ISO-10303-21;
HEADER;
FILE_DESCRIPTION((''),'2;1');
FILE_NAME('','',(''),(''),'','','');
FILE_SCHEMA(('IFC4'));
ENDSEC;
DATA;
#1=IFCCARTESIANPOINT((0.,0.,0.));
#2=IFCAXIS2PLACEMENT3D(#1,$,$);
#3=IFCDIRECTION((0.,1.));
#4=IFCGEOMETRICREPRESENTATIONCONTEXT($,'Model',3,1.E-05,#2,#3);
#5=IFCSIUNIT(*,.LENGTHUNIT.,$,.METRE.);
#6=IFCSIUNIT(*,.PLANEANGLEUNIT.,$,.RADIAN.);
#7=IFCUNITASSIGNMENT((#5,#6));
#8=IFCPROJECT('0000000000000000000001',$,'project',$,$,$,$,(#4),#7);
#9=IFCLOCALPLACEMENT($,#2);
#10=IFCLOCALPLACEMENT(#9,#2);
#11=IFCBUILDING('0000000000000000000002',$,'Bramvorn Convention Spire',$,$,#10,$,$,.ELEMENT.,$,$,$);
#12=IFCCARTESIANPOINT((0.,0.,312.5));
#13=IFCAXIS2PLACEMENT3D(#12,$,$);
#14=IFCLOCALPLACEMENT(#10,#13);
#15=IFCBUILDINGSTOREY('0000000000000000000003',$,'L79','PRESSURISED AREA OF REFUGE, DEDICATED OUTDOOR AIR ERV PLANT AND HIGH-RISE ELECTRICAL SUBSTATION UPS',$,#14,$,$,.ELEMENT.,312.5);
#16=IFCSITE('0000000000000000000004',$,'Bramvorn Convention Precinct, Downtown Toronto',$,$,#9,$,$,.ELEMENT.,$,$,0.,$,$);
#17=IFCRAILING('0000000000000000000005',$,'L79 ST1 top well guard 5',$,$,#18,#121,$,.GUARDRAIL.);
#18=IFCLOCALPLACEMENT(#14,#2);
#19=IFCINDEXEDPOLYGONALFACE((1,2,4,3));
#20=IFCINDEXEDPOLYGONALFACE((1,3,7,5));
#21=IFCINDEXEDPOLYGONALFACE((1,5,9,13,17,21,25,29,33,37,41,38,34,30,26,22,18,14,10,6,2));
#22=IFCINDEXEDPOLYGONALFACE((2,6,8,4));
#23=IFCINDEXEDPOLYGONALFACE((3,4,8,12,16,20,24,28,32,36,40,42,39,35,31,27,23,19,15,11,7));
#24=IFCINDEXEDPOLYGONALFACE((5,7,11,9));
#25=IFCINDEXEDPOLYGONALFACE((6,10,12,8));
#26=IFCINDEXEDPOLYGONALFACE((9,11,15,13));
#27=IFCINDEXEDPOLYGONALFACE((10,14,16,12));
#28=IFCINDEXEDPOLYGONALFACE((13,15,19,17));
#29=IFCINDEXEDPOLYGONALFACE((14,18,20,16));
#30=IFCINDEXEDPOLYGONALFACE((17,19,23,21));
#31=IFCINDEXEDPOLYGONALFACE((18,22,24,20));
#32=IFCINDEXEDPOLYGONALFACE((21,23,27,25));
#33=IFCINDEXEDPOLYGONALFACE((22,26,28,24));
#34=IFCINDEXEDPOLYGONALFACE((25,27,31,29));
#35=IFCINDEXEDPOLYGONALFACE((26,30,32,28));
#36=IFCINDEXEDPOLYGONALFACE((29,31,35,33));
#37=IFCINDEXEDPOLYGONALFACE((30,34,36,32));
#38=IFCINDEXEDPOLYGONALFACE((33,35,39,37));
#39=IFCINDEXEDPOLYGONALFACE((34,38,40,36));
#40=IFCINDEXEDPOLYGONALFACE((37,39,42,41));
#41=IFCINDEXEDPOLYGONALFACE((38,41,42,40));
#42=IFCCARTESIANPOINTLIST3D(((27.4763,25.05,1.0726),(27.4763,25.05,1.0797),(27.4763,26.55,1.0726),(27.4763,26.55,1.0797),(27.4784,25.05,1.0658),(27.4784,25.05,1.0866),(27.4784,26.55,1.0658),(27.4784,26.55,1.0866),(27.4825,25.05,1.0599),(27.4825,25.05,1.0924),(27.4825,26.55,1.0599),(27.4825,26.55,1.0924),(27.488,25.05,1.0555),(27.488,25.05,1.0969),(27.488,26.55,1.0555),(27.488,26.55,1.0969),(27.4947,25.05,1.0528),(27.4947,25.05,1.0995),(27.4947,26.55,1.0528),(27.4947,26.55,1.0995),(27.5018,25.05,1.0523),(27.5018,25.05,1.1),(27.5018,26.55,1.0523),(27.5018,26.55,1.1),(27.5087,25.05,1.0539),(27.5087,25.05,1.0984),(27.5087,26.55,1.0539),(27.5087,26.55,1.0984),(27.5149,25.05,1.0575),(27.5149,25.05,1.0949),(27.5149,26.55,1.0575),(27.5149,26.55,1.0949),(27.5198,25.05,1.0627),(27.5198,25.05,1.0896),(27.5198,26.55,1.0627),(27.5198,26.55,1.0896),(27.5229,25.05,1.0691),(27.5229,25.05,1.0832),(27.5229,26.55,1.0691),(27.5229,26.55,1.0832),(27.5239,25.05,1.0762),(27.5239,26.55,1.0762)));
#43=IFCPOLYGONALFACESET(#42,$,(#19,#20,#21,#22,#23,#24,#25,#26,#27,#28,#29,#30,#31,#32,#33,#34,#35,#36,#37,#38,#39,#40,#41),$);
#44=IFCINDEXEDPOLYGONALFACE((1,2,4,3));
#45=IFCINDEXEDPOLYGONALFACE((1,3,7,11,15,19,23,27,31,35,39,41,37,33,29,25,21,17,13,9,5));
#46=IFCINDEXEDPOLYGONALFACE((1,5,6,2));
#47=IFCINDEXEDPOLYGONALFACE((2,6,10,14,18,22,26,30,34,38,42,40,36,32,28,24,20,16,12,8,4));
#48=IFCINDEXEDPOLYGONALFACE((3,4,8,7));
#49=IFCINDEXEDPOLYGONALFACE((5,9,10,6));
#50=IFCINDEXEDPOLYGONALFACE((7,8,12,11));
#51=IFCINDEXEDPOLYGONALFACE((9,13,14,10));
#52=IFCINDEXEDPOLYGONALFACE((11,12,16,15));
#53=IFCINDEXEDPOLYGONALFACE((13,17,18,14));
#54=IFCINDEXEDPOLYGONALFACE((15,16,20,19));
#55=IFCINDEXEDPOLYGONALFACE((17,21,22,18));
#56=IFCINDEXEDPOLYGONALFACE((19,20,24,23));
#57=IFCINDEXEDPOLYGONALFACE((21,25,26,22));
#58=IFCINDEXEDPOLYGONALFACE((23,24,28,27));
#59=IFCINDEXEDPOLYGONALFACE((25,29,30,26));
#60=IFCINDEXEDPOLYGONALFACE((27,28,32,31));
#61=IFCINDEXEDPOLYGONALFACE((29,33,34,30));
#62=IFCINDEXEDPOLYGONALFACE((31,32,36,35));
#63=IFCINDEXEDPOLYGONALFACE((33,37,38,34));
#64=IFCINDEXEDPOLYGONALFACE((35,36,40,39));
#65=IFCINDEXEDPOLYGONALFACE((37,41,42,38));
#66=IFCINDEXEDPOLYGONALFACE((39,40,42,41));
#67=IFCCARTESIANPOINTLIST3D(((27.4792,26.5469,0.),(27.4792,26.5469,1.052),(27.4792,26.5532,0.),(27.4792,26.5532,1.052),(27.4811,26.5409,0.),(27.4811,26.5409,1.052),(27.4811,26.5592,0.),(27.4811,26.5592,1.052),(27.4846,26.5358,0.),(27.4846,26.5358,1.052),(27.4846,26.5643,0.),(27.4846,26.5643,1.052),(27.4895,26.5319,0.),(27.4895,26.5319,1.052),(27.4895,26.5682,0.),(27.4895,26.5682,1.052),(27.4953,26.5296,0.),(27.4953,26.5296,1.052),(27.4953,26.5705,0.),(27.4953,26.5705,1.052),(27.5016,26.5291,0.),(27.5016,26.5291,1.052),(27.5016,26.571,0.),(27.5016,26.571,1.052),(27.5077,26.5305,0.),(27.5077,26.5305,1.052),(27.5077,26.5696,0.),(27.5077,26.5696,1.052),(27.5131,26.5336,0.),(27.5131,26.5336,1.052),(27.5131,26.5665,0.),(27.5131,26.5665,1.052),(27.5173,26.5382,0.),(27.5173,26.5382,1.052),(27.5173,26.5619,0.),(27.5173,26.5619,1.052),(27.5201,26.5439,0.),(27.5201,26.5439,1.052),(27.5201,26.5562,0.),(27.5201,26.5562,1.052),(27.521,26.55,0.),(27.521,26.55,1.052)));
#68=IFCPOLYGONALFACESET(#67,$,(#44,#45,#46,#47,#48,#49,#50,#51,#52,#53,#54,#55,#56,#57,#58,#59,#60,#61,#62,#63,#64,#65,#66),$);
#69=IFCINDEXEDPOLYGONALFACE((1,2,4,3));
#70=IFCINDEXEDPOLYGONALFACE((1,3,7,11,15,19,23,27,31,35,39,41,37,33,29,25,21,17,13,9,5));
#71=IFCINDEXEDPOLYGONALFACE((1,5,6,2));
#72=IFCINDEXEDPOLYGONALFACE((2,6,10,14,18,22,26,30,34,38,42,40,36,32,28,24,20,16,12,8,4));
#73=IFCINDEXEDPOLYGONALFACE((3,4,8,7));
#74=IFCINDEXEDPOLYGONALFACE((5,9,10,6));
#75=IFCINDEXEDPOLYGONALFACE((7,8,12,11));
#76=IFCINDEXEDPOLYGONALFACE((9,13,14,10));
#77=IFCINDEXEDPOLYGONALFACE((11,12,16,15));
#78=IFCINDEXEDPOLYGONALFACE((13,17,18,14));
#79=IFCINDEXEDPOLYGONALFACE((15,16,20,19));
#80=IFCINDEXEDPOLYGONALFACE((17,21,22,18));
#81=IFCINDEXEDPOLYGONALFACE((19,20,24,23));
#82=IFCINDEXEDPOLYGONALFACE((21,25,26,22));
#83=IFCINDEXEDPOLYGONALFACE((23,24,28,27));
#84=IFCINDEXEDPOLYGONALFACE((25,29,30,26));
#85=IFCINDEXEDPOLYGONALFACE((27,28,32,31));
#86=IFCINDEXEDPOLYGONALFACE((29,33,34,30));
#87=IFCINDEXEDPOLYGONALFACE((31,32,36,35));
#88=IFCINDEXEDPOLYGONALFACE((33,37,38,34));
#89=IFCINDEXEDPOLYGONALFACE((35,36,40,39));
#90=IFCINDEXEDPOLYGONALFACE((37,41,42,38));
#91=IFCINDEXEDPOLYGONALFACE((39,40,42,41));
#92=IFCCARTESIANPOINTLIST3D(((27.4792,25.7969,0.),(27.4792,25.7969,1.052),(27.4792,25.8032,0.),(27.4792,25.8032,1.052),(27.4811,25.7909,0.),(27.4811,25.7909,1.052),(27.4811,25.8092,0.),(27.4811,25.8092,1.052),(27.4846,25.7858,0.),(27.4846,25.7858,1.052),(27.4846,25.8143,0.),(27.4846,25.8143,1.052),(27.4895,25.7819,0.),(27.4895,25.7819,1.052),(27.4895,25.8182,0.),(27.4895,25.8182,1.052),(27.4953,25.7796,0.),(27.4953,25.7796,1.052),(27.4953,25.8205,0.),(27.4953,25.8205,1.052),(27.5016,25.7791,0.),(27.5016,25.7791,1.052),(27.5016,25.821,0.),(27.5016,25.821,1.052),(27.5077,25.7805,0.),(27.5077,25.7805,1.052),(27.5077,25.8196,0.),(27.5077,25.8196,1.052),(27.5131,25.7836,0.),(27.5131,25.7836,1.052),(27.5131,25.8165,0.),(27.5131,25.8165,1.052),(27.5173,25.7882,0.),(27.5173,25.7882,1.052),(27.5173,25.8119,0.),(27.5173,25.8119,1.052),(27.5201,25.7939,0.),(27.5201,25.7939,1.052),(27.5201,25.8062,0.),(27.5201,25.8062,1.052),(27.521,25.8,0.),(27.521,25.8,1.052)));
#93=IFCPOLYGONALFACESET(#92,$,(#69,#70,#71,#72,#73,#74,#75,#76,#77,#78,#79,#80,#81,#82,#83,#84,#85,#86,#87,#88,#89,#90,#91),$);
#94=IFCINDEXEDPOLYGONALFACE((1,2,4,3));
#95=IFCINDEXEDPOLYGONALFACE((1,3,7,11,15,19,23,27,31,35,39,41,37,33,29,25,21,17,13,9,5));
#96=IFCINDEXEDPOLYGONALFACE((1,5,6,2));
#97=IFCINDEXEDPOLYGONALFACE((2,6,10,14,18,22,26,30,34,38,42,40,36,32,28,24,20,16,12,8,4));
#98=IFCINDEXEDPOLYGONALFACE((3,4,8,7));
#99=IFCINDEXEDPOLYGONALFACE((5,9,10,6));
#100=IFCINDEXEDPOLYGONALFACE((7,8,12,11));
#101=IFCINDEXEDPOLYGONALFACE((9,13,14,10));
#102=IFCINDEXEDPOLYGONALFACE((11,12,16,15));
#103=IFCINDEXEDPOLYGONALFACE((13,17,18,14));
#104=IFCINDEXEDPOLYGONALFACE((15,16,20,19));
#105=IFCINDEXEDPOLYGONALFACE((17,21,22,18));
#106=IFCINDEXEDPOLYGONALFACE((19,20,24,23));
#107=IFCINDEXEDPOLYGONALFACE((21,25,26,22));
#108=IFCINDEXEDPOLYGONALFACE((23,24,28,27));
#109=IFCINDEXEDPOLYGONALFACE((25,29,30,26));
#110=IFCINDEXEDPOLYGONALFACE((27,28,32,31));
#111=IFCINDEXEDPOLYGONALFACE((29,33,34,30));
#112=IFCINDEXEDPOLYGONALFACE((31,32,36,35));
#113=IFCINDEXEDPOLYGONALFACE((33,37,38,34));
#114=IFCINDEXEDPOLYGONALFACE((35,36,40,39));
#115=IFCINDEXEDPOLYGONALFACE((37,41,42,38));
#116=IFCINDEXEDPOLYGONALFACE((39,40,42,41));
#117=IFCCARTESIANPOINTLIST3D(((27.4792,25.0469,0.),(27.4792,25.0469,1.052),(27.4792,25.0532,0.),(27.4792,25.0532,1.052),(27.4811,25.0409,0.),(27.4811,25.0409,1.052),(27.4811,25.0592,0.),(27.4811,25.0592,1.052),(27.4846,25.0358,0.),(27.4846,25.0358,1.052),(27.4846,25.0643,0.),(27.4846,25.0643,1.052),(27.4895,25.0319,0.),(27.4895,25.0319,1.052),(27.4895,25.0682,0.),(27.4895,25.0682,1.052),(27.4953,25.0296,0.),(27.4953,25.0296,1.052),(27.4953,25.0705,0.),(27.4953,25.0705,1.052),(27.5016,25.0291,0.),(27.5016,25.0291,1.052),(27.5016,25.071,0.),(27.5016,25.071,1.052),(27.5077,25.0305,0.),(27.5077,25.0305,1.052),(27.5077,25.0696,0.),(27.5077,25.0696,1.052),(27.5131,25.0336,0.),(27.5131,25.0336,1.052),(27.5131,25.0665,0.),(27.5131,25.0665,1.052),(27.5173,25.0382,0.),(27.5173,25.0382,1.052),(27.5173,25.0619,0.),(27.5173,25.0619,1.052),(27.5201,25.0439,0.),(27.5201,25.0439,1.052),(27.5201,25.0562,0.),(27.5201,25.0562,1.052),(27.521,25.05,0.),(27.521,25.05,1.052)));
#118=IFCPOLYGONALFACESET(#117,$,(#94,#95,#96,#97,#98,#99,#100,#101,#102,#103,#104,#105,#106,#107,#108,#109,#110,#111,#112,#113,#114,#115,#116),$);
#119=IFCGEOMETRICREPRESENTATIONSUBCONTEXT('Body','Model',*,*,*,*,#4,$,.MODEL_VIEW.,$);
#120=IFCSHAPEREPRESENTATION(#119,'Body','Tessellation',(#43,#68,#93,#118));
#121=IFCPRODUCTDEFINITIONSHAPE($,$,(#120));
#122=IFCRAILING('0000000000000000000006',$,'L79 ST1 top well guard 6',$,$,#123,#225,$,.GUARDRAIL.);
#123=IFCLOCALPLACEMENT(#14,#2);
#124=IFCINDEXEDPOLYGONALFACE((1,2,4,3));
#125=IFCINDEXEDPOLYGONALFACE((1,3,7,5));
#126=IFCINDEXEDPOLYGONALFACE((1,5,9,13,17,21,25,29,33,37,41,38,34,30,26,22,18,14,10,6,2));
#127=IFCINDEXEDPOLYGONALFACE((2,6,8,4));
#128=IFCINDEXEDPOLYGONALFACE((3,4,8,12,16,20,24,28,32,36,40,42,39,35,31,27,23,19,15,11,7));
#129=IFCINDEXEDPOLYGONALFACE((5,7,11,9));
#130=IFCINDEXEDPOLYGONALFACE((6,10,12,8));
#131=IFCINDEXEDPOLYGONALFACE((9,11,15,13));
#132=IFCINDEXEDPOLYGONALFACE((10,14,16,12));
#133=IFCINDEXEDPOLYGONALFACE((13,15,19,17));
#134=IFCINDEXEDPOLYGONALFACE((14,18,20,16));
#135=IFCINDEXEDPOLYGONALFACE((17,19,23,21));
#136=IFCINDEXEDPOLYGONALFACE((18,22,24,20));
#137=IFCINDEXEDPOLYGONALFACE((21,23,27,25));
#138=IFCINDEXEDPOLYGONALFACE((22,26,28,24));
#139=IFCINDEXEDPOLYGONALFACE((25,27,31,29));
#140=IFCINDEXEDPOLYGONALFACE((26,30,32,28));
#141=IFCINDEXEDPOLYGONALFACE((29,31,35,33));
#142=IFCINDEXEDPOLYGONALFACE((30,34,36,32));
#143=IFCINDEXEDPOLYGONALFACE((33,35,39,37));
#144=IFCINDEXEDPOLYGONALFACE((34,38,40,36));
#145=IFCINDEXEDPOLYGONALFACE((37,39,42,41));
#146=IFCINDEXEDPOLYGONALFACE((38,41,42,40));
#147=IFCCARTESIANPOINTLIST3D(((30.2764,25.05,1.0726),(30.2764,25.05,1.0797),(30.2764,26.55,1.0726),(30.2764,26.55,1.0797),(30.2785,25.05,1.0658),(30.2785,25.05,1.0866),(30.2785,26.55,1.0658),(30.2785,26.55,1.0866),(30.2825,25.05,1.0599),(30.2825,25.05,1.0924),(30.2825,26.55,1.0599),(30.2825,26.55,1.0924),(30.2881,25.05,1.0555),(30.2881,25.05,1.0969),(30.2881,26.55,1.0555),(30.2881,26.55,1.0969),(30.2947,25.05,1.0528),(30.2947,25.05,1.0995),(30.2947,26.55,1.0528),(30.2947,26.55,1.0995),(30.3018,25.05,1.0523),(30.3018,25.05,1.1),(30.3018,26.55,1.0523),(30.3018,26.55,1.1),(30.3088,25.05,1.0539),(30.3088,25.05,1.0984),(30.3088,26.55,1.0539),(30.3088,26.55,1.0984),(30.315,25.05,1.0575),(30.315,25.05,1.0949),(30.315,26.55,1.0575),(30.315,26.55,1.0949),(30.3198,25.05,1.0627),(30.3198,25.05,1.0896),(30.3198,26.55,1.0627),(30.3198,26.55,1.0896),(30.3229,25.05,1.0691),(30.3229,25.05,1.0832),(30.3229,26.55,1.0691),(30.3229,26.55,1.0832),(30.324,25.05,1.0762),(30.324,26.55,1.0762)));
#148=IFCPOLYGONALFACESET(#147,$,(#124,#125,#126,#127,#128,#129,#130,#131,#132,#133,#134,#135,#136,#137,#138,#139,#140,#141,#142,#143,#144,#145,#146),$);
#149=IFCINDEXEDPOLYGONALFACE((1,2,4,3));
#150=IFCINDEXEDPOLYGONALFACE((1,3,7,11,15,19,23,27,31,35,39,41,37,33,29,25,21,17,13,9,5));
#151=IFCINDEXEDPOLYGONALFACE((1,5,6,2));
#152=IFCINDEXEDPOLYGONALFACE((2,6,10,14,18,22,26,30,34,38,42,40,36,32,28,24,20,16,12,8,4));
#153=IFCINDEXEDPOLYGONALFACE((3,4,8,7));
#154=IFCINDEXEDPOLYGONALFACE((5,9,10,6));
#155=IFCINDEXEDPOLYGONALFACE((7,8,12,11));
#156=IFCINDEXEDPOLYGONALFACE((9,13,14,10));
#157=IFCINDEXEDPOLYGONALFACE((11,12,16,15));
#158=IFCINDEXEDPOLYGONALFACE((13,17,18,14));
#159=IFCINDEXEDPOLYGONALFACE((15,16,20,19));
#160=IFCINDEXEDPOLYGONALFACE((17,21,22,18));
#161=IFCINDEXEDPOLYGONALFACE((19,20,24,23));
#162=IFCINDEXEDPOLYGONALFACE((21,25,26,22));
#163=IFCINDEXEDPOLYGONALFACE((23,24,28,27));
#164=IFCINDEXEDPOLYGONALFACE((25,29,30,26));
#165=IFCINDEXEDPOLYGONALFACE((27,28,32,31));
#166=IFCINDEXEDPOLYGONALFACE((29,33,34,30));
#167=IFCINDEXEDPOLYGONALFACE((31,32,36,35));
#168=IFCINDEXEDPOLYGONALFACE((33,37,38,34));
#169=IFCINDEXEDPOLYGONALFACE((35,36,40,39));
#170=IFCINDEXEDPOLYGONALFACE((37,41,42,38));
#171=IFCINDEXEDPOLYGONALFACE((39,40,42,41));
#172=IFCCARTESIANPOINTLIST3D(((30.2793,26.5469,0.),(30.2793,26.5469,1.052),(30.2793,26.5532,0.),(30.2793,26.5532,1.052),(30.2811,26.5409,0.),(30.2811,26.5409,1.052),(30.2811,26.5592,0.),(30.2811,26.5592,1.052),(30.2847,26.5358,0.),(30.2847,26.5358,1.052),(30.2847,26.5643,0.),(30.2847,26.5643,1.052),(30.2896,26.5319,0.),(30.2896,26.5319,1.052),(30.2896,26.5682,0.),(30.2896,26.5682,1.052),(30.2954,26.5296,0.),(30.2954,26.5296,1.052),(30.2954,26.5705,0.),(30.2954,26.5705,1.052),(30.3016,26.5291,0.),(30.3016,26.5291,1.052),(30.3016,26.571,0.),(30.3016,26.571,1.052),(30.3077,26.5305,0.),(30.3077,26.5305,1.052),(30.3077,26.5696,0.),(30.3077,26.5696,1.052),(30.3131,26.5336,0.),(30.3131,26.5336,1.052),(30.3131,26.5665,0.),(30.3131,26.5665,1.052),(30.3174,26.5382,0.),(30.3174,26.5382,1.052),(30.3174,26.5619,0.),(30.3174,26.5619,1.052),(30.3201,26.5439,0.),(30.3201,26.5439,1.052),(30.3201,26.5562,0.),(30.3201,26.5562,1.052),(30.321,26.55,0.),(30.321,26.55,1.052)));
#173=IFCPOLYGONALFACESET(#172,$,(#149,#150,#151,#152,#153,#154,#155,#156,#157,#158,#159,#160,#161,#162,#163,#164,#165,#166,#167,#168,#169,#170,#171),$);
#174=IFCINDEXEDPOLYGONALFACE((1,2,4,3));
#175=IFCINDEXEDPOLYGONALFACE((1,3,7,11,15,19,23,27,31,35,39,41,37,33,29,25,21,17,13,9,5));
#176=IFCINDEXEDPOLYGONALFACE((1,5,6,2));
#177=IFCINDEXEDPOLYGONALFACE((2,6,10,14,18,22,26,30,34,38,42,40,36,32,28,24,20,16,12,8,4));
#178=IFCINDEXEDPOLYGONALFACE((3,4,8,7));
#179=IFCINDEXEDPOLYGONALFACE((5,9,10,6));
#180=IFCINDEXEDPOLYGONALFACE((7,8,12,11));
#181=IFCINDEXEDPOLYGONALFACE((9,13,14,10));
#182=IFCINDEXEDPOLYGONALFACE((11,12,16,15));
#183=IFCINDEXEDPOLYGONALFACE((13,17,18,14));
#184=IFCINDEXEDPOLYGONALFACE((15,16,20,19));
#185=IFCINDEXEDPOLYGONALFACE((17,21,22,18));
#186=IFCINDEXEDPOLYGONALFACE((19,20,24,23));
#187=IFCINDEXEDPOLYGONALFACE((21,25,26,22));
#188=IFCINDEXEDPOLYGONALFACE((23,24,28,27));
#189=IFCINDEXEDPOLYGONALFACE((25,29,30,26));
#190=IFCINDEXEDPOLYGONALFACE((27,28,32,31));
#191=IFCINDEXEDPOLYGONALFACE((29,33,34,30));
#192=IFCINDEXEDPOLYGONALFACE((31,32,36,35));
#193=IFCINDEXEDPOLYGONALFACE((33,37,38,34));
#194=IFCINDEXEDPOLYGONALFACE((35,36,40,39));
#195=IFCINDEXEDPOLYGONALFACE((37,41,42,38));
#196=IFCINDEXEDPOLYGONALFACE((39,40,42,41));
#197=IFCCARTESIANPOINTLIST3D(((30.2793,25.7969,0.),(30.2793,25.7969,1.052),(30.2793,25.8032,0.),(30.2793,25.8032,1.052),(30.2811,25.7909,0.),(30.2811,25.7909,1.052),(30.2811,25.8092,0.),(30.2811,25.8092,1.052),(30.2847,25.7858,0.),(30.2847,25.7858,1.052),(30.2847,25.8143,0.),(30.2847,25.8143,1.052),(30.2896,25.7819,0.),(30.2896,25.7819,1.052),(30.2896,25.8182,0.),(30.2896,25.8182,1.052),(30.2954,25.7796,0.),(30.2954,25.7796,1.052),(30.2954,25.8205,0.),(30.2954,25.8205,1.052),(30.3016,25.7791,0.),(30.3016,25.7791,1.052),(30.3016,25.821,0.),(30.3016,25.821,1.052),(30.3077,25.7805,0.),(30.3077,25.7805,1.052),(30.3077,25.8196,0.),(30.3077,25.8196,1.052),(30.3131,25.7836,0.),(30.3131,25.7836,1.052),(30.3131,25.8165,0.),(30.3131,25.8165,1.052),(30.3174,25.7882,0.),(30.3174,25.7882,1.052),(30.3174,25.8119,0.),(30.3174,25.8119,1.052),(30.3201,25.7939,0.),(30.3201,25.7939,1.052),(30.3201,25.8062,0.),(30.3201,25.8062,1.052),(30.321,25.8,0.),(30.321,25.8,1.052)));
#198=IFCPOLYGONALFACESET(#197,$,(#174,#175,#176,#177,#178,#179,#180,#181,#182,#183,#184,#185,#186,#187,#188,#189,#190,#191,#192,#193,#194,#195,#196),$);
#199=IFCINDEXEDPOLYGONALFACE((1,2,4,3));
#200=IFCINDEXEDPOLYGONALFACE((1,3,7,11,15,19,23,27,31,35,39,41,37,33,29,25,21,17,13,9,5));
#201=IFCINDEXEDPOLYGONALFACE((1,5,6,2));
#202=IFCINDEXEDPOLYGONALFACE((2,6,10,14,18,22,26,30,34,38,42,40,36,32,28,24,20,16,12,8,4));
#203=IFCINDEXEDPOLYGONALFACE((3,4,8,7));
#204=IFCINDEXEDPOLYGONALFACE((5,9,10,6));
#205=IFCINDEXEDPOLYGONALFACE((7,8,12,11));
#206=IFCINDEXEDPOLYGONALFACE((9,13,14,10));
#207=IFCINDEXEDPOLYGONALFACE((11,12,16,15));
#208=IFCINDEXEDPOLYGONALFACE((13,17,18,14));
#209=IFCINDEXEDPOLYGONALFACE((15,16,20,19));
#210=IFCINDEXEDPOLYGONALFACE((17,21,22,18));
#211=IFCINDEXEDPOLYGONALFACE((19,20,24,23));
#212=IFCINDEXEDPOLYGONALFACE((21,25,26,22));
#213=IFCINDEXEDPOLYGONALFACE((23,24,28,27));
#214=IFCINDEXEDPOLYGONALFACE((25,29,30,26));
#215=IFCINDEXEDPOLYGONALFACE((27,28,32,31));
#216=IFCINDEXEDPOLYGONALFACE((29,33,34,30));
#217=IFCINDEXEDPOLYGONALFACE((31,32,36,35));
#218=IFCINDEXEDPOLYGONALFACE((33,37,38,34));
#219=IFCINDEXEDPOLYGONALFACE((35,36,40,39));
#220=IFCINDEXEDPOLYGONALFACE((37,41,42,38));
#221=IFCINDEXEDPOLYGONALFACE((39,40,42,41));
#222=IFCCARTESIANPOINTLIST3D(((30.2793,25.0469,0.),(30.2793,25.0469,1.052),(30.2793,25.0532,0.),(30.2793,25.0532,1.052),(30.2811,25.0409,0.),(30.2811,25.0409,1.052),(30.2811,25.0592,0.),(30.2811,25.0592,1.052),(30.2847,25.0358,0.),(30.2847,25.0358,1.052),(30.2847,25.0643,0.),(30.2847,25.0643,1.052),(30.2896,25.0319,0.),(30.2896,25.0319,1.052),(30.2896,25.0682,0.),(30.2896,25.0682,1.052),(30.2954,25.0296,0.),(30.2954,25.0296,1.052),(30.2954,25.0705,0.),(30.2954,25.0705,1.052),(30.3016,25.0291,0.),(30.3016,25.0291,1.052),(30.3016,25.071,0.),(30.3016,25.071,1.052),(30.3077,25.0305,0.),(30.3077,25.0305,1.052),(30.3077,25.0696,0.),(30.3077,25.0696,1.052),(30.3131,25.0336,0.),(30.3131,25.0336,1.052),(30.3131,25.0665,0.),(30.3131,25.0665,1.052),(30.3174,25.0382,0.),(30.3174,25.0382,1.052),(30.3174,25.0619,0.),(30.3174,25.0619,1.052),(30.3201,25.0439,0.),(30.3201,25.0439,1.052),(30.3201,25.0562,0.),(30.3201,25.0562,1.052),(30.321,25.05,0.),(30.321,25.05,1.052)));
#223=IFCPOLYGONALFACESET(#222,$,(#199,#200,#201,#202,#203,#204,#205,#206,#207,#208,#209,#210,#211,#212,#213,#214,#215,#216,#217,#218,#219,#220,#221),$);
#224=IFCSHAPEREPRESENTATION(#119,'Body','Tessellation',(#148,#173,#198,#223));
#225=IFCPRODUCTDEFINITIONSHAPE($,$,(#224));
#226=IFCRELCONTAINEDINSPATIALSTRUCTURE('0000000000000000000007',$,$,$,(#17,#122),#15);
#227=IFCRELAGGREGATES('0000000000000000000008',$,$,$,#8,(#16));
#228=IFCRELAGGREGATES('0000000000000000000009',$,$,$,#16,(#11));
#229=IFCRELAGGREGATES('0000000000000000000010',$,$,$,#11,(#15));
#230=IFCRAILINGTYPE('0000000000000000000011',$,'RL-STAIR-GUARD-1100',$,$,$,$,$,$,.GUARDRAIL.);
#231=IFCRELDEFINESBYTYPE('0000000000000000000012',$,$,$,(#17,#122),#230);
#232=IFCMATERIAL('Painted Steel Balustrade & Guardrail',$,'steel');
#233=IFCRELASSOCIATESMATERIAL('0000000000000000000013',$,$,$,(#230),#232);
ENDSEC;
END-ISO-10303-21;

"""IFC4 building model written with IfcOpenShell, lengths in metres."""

from ifc_helpers import new_model, si_unit, direction, frame, origin, origin_2d, place, context, subcontext, project, spatial, circle, extrude, material, type_object, element, save


model = new_model("IFC4")

# Units and contexts
model_context = context("Model", 3, precision=1e-05, world=origin(), true_north=direction((0.0, 1.0)))
body_context = subcontext(model_context, "Body", "Model", "MODEL_VIEW")
ifc_project = project(units=[si_unit("LENGTHUNIT", "METRE"), si_unit("PLANEANGLEUNIT", "RADIAN")], contexts=[model_context])

# Site, building, storey
site_placement = place(None, origin())
site = spatial("IfcSite", under=ifc_project, at=site_placement, Name="Bramvorn Convention Precinct, Downtown Toronto", CompositionType="ELEMENT", RefElevation=0.0)
building_placement = place(site_placement, origin())
building = spatial("IfcBuilding", under=site, at=building_placement, Name="Bramvorn Convention Spire", CompositionType="ELEMENT")
storey_placement = place(building_placement, frame((0.0, 0.0, 312.5)))
storey = spatial("IfcBuildingStorey", under=building, at=storey_placement, Name="L79", Description="PRESSURISED AREA OF REFUGE, DEDICATED OUTDOOR AIR ERV PLANT AND HIGH-RISE ELECTRICAL SUBSTATION UPS", CompositionType="ELEMENT", Elevation=312.5)

# Railings
ifc_material_1 = material(Name="Painted Steel Balustrade & Guardrail", Category="steel")
railing_type = type_object("IfcRailingType", Name="RL-STAIR-GUARD-1100", PredefinedType="GUARDRAIL", material=ifc_material_1)
for number, where, name in (
    (1, (27.5, 26.55, 0.0), "L79 ST1 top well guard 5"),
    (2, (30.3, 26.55, 0.0), "L79 ST1 top well guard 6"),
):
    element("IfcRailing", number, at=place(storey_placement, frame(where)), inside=storey, type_object=railing_type, Name=name, PredefinedType="GUARDRAIL", context=body_context, shape_type="SweptSolid", body=[
        extrude(circle(Radius=0.0239, at=origin_2d()), frame((0.0, 0.0, 1.0762), z_axis=(0.0, -1.0, 0.0), x_axis=(1.0, 0.0, 0.0)), (0.0, 0.0, 1.0), 1.5),
        extrude(circle(Radius=0.021, at=origin_2d()), origin(), (0.0, 0.0, 1.0), 1.052),
        extrude(circle(Radius=0.021, at=origin_2d()), frame((0.0, -0.75, 0.0)), (0.0, 0.0, 1.0), 1.052),
        extrude(circle(Radius=0.021, at=origin_2d()), frame((0.0, -1.5, 0.0)), (0.0, 0.0, 1.0), 1.052),
    ])

save(model, "model.ifc")
